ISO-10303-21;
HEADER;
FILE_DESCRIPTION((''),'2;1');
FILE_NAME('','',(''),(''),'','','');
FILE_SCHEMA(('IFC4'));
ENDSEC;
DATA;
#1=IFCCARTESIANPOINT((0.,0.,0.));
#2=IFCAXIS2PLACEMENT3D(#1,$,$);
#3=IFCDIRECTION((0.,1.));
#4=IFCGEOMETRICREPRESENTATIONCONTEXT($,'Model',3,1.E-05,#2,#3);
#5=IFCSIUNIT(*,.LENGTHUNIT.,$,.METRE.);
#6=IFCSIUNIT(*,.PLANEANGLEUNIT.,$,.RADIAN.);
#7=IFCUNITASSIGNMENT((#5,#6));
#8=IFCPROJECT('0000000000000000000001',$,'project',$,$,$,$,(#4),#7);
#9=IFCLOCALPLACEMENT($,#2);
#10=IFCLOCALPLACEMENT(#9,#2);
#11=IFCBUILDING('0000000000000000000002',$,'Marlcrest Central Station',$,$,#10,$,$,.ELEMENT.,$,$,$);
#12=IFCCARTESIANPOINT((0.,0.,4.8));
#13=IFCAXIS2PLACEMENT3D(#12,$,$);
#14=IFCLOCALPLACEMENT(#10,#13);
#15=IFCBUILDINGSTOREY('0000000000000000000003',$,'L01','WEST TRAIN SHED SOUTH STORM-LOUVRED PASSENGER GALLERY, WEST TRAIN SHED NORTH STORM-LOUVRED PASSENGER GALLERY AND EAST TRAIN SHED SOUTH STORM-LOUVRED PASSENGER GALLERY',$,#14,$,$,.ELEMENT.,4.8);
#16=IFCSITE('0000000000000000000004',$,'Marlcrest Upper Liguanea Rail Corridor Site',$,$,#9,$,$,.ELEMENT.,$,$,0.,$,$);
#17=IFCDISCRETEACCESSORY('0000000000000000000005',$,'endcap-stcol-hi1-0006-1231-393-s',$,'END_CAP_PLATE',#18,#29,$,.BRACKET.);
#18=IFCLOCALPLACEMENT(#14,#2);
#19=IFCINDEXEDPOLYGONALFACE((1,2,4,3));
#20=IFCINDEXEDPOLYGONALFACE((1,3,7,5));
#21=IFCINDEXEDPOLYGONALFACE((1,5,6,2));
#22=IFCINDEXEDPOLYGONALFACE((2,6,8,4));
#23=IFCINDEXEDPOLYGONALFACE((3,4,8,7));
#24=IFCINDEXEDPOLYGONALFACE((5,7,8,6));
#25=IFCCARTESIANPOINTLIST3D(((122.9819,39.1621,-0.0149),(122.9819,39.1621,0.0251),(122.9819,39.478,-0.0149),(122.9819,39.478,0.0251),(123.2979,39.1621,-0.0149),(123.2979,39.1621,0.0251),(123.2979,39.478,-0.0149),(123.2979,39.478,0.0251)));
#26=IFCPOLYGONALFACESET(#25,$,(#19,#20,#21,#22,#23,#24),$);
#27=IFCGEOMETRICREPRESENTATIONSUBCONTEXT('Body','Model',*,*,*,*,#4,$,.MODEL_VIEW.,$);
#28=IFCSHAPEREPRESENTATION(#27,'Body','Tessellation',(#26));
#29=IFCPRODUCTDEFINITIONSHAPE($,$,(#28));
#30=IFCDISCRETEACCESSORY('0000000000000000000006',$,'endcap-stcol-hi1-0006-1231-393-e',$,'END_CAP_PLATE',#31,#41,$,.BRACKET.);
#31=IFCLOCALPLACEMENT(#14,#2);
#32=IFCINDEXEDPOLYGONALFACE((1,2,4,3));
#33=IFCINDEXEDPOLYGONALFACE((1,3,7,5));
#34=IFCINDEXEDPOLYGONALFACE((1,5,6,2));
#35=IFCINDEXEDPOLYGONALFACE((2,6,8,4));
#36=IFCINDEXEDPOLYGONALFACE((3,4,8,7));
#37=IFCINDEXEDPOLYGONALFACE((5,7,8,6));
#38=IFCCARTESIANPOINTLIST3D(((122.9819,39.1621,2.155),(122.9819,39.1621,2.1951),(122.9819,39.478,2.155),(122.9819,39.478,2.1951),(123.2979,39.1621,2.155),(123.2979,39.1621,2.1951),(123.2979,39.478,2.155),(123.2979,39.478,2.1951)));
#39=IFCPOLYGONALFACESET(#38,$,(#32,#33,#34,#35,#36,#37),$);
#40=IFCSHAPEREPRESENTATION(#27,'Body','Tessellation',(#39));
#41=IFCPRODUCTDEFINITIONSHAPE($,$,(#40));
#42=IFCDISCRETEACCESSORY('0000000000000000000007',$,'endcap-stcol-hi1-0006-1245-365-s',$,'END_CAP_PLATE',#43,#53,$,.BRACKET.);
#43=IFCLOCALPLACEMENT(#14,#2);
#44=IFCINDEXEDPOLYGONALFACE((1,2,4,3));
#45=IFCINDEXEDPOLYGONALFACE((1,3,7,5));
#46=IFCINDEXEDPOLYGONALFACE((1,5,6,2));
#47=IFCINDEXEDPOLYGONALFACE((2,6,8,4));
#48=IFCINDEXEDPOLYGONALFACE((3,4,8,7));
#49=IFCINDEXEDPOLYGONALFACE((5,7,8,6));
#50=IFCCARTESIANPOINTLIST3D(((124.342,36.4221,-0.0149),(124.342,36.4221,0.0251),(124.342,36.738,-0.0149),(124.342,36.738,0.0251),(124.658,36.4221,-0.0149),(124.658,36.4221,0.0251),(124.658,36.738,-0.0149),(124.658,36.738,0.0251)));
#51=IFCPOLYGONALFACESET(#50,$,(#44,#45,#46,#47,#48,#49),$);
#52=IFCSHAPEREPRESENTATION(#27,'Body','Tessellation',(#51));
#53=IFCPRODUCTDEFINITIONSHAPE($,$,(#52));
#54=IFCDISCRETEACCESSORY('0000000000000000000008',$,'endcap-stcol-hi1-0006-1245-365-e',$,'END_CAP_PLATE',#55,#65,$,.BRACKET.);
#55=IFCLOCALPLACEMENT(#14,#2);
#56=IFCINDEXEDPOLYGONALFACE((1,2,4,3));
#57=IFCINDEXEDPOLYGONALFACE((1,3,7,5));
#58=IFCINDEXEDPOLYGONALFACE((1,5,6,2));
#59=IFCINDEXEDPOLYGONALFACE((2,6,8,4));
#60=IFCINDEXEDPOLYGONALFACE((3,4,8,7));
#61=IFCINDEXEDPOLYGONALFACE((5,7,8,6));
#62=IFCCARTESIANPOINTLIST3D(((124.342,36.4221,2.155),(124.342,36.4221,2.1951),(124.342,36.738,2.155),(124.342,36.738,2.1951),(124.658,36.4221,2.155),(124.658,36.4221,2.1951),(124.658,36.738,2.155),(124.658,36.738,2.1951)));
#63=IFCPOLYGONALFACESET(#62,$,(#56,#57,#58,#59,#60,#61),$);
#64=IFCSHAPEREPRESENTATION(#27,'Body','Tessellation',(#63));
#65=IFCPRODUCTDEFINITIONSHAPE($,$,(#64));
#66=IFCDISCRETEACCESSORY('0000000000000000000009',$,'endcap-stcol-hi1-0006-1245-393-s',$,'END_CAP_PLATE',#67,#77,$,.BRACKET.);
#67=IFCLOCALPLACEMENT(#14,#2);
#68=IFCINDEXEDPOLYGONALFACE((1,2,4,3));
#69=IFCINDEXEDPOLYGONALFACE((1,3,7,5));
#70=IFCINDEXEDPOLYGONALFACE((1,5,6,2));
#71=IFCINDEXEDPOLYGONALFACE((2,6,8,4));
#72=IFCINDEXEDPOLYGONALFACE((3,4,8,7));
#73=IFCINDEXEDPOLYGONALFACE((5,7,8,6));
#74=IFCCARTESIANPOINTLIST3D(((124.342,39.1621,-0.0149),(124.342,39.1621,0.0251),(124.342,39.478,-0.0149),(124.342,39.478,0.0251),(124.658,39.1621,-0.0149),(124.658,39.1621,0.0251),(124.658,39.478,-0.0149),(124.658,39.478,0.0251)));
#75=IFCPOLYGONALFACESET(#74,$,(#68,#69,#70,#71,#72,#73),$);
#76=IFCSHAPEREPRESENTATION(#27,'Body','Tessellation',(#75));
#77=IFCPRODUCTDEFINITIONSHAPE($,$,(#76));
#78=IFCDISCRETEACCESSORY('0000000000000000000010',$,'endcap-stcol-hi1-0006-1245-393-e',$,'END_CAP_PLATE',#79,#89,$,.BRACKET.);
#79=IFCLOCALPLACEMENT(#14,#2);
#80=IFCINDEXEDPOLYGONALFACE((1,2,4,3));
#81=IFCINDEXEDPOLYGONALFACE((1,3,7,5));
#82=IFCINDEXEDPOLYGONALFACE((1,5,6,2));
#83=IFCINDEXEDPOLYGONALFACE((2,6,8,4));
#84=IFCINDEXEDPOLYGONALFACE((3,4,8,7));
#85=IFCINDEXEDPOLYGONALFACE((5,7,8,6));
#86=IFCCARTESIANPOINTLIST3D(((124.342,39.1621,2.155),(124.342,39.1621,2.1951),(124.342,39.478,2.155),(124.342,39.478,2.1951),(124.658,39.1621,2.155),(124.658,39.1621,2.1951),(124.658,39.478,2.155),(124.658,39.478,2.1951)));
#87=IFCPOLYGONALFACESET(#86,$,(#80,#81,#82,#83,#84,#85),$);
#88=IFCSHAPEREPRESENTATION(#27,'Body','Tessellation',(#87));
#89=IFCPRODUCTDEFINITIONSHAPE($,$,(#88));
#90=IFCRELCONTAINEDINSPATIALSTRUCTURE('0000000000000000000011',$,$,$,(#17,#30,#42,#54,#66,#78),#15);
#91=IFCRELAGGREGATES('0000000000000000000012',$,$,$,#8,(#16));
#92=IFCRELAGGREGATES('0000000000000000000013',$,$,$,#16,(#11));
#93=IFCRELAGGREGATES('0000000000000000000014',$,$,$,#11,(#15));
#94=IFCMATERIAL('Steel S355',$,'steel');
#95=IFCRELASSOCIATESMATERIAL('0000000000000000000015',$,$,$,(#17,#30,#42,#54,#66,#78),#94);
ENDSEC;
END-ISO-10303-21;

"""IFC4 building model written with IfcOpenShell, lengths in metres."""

from ifc_helpers import new_model, si_unit, direction, frame, origin, origin_2d, place, context, subcontext, project, spatial, rectangle, extrude, material, element, save


model = new_model("IFC4")

# Units and contexts
model_context = context("Model", 3, precision=1e-05, world=origin(), true_north=direction((0.0, 1.0)))
body_context = subcontext(model_context, "Body", "Model", "MODEL_VIEW")
ifc_project = project(units=[si_unit("LENGTHUNIT", "METRE"), si_unit("PLANEANGLEUNIT", "RADIAN")], contexts=[model_context])

# Site, building, storey
site_placement = place(None, origin())
site = spatial("IfcSite", under=ifc_project, at=site_placement, Name="Marlcrest Upper Liguanea Rail Corridor Site", CompositionType="ELEMENT", RefElevation=0.0)
building_placement = place(site_placement, origin())
building = spatial("IfcBuilding", under=site, at=building_placement, Name="Marlcrest Central Station", CompositionType="ELEMENT")
storey_placement = place(building_placement, frame((0.0, 0.0, 4.8)))
storey = spatial("IfcBuildingStorey", under=building, at=storey_placement, Name="L01", Description="WEST TRAIN SHED SOUTH STORM-LOUVRED PASSENGER GALLERY, WEST TRAIN SHED NORTH STORM-LOUVRED PASSENGER GALLERY AND EAST TRAIN SHED SOUTH STORM-LOUVRED PASSENGER GALLERY", CompositionType="ELEMENT", Elevation=4.8)

# Shared definitions
ifc_material_1 = material(Name="Steel S355", Category="steel")

# Discrete accessories
for number, where, z_axis, x_axis, name in (
    (1, (123.1399, 39.3201, -0.0149), (0.0, 0.0, 1.0), (1.0, 0.0, 0.0), "endcap-stcol-hi1-0006-1231-393-s"),
    (2, (123.1399, 39.3201, 2.155), (0.0, 0.0, 1.0), (1.0, 0.0, 0.0), "endcap-stcol-hi1-0006-1231-393-e"),
    (3, (124.5, 36.5801, -0.0149), (0.0, 0.0, 1.0), (1.0, 0.0, 0.0), "endcap-stcol-hi1-0006-1245-365-s"),
    (4, (124.5, 36.5801, 2.155), (0.0, 0.0, 1.0), (1.0, 0.0, 0.0), "endcap-stcol-hi1-0006-1245-365-e"),
    (5, (124.5, 39.3201, -0.0149), (0.0, 0.0, 1.0), (1.0, 0.0, 0.0), "endcap-stcol-hi1-0006-1245-393-s"),
    (6, (124.5, 39.3201, 2.155), (0.0, 0.0, 1.0), (1.0, 0.0, 0.0), "endcap-stcol-hi1-0006-1245-393-e"),
):
    element("IfcDiscreteAccessory", number, at=place(storey_placement, frame(where, z_axis=z_axis, x_axis=x_axis)), inside=storey, material=ifc_material_1, Name=name, ObjectType="END_CAP_PLATE", PredefinedType="BRACKET", context=body_context, shape_type="SweptSolid", body=[
        extrude(rectangle(XDim=0.3159, YDim=0.3159, at=origin_2d()), origin(), (0.0, 0.0, 1.0), 0.04),
    ])

save(model, "model.ifc")
